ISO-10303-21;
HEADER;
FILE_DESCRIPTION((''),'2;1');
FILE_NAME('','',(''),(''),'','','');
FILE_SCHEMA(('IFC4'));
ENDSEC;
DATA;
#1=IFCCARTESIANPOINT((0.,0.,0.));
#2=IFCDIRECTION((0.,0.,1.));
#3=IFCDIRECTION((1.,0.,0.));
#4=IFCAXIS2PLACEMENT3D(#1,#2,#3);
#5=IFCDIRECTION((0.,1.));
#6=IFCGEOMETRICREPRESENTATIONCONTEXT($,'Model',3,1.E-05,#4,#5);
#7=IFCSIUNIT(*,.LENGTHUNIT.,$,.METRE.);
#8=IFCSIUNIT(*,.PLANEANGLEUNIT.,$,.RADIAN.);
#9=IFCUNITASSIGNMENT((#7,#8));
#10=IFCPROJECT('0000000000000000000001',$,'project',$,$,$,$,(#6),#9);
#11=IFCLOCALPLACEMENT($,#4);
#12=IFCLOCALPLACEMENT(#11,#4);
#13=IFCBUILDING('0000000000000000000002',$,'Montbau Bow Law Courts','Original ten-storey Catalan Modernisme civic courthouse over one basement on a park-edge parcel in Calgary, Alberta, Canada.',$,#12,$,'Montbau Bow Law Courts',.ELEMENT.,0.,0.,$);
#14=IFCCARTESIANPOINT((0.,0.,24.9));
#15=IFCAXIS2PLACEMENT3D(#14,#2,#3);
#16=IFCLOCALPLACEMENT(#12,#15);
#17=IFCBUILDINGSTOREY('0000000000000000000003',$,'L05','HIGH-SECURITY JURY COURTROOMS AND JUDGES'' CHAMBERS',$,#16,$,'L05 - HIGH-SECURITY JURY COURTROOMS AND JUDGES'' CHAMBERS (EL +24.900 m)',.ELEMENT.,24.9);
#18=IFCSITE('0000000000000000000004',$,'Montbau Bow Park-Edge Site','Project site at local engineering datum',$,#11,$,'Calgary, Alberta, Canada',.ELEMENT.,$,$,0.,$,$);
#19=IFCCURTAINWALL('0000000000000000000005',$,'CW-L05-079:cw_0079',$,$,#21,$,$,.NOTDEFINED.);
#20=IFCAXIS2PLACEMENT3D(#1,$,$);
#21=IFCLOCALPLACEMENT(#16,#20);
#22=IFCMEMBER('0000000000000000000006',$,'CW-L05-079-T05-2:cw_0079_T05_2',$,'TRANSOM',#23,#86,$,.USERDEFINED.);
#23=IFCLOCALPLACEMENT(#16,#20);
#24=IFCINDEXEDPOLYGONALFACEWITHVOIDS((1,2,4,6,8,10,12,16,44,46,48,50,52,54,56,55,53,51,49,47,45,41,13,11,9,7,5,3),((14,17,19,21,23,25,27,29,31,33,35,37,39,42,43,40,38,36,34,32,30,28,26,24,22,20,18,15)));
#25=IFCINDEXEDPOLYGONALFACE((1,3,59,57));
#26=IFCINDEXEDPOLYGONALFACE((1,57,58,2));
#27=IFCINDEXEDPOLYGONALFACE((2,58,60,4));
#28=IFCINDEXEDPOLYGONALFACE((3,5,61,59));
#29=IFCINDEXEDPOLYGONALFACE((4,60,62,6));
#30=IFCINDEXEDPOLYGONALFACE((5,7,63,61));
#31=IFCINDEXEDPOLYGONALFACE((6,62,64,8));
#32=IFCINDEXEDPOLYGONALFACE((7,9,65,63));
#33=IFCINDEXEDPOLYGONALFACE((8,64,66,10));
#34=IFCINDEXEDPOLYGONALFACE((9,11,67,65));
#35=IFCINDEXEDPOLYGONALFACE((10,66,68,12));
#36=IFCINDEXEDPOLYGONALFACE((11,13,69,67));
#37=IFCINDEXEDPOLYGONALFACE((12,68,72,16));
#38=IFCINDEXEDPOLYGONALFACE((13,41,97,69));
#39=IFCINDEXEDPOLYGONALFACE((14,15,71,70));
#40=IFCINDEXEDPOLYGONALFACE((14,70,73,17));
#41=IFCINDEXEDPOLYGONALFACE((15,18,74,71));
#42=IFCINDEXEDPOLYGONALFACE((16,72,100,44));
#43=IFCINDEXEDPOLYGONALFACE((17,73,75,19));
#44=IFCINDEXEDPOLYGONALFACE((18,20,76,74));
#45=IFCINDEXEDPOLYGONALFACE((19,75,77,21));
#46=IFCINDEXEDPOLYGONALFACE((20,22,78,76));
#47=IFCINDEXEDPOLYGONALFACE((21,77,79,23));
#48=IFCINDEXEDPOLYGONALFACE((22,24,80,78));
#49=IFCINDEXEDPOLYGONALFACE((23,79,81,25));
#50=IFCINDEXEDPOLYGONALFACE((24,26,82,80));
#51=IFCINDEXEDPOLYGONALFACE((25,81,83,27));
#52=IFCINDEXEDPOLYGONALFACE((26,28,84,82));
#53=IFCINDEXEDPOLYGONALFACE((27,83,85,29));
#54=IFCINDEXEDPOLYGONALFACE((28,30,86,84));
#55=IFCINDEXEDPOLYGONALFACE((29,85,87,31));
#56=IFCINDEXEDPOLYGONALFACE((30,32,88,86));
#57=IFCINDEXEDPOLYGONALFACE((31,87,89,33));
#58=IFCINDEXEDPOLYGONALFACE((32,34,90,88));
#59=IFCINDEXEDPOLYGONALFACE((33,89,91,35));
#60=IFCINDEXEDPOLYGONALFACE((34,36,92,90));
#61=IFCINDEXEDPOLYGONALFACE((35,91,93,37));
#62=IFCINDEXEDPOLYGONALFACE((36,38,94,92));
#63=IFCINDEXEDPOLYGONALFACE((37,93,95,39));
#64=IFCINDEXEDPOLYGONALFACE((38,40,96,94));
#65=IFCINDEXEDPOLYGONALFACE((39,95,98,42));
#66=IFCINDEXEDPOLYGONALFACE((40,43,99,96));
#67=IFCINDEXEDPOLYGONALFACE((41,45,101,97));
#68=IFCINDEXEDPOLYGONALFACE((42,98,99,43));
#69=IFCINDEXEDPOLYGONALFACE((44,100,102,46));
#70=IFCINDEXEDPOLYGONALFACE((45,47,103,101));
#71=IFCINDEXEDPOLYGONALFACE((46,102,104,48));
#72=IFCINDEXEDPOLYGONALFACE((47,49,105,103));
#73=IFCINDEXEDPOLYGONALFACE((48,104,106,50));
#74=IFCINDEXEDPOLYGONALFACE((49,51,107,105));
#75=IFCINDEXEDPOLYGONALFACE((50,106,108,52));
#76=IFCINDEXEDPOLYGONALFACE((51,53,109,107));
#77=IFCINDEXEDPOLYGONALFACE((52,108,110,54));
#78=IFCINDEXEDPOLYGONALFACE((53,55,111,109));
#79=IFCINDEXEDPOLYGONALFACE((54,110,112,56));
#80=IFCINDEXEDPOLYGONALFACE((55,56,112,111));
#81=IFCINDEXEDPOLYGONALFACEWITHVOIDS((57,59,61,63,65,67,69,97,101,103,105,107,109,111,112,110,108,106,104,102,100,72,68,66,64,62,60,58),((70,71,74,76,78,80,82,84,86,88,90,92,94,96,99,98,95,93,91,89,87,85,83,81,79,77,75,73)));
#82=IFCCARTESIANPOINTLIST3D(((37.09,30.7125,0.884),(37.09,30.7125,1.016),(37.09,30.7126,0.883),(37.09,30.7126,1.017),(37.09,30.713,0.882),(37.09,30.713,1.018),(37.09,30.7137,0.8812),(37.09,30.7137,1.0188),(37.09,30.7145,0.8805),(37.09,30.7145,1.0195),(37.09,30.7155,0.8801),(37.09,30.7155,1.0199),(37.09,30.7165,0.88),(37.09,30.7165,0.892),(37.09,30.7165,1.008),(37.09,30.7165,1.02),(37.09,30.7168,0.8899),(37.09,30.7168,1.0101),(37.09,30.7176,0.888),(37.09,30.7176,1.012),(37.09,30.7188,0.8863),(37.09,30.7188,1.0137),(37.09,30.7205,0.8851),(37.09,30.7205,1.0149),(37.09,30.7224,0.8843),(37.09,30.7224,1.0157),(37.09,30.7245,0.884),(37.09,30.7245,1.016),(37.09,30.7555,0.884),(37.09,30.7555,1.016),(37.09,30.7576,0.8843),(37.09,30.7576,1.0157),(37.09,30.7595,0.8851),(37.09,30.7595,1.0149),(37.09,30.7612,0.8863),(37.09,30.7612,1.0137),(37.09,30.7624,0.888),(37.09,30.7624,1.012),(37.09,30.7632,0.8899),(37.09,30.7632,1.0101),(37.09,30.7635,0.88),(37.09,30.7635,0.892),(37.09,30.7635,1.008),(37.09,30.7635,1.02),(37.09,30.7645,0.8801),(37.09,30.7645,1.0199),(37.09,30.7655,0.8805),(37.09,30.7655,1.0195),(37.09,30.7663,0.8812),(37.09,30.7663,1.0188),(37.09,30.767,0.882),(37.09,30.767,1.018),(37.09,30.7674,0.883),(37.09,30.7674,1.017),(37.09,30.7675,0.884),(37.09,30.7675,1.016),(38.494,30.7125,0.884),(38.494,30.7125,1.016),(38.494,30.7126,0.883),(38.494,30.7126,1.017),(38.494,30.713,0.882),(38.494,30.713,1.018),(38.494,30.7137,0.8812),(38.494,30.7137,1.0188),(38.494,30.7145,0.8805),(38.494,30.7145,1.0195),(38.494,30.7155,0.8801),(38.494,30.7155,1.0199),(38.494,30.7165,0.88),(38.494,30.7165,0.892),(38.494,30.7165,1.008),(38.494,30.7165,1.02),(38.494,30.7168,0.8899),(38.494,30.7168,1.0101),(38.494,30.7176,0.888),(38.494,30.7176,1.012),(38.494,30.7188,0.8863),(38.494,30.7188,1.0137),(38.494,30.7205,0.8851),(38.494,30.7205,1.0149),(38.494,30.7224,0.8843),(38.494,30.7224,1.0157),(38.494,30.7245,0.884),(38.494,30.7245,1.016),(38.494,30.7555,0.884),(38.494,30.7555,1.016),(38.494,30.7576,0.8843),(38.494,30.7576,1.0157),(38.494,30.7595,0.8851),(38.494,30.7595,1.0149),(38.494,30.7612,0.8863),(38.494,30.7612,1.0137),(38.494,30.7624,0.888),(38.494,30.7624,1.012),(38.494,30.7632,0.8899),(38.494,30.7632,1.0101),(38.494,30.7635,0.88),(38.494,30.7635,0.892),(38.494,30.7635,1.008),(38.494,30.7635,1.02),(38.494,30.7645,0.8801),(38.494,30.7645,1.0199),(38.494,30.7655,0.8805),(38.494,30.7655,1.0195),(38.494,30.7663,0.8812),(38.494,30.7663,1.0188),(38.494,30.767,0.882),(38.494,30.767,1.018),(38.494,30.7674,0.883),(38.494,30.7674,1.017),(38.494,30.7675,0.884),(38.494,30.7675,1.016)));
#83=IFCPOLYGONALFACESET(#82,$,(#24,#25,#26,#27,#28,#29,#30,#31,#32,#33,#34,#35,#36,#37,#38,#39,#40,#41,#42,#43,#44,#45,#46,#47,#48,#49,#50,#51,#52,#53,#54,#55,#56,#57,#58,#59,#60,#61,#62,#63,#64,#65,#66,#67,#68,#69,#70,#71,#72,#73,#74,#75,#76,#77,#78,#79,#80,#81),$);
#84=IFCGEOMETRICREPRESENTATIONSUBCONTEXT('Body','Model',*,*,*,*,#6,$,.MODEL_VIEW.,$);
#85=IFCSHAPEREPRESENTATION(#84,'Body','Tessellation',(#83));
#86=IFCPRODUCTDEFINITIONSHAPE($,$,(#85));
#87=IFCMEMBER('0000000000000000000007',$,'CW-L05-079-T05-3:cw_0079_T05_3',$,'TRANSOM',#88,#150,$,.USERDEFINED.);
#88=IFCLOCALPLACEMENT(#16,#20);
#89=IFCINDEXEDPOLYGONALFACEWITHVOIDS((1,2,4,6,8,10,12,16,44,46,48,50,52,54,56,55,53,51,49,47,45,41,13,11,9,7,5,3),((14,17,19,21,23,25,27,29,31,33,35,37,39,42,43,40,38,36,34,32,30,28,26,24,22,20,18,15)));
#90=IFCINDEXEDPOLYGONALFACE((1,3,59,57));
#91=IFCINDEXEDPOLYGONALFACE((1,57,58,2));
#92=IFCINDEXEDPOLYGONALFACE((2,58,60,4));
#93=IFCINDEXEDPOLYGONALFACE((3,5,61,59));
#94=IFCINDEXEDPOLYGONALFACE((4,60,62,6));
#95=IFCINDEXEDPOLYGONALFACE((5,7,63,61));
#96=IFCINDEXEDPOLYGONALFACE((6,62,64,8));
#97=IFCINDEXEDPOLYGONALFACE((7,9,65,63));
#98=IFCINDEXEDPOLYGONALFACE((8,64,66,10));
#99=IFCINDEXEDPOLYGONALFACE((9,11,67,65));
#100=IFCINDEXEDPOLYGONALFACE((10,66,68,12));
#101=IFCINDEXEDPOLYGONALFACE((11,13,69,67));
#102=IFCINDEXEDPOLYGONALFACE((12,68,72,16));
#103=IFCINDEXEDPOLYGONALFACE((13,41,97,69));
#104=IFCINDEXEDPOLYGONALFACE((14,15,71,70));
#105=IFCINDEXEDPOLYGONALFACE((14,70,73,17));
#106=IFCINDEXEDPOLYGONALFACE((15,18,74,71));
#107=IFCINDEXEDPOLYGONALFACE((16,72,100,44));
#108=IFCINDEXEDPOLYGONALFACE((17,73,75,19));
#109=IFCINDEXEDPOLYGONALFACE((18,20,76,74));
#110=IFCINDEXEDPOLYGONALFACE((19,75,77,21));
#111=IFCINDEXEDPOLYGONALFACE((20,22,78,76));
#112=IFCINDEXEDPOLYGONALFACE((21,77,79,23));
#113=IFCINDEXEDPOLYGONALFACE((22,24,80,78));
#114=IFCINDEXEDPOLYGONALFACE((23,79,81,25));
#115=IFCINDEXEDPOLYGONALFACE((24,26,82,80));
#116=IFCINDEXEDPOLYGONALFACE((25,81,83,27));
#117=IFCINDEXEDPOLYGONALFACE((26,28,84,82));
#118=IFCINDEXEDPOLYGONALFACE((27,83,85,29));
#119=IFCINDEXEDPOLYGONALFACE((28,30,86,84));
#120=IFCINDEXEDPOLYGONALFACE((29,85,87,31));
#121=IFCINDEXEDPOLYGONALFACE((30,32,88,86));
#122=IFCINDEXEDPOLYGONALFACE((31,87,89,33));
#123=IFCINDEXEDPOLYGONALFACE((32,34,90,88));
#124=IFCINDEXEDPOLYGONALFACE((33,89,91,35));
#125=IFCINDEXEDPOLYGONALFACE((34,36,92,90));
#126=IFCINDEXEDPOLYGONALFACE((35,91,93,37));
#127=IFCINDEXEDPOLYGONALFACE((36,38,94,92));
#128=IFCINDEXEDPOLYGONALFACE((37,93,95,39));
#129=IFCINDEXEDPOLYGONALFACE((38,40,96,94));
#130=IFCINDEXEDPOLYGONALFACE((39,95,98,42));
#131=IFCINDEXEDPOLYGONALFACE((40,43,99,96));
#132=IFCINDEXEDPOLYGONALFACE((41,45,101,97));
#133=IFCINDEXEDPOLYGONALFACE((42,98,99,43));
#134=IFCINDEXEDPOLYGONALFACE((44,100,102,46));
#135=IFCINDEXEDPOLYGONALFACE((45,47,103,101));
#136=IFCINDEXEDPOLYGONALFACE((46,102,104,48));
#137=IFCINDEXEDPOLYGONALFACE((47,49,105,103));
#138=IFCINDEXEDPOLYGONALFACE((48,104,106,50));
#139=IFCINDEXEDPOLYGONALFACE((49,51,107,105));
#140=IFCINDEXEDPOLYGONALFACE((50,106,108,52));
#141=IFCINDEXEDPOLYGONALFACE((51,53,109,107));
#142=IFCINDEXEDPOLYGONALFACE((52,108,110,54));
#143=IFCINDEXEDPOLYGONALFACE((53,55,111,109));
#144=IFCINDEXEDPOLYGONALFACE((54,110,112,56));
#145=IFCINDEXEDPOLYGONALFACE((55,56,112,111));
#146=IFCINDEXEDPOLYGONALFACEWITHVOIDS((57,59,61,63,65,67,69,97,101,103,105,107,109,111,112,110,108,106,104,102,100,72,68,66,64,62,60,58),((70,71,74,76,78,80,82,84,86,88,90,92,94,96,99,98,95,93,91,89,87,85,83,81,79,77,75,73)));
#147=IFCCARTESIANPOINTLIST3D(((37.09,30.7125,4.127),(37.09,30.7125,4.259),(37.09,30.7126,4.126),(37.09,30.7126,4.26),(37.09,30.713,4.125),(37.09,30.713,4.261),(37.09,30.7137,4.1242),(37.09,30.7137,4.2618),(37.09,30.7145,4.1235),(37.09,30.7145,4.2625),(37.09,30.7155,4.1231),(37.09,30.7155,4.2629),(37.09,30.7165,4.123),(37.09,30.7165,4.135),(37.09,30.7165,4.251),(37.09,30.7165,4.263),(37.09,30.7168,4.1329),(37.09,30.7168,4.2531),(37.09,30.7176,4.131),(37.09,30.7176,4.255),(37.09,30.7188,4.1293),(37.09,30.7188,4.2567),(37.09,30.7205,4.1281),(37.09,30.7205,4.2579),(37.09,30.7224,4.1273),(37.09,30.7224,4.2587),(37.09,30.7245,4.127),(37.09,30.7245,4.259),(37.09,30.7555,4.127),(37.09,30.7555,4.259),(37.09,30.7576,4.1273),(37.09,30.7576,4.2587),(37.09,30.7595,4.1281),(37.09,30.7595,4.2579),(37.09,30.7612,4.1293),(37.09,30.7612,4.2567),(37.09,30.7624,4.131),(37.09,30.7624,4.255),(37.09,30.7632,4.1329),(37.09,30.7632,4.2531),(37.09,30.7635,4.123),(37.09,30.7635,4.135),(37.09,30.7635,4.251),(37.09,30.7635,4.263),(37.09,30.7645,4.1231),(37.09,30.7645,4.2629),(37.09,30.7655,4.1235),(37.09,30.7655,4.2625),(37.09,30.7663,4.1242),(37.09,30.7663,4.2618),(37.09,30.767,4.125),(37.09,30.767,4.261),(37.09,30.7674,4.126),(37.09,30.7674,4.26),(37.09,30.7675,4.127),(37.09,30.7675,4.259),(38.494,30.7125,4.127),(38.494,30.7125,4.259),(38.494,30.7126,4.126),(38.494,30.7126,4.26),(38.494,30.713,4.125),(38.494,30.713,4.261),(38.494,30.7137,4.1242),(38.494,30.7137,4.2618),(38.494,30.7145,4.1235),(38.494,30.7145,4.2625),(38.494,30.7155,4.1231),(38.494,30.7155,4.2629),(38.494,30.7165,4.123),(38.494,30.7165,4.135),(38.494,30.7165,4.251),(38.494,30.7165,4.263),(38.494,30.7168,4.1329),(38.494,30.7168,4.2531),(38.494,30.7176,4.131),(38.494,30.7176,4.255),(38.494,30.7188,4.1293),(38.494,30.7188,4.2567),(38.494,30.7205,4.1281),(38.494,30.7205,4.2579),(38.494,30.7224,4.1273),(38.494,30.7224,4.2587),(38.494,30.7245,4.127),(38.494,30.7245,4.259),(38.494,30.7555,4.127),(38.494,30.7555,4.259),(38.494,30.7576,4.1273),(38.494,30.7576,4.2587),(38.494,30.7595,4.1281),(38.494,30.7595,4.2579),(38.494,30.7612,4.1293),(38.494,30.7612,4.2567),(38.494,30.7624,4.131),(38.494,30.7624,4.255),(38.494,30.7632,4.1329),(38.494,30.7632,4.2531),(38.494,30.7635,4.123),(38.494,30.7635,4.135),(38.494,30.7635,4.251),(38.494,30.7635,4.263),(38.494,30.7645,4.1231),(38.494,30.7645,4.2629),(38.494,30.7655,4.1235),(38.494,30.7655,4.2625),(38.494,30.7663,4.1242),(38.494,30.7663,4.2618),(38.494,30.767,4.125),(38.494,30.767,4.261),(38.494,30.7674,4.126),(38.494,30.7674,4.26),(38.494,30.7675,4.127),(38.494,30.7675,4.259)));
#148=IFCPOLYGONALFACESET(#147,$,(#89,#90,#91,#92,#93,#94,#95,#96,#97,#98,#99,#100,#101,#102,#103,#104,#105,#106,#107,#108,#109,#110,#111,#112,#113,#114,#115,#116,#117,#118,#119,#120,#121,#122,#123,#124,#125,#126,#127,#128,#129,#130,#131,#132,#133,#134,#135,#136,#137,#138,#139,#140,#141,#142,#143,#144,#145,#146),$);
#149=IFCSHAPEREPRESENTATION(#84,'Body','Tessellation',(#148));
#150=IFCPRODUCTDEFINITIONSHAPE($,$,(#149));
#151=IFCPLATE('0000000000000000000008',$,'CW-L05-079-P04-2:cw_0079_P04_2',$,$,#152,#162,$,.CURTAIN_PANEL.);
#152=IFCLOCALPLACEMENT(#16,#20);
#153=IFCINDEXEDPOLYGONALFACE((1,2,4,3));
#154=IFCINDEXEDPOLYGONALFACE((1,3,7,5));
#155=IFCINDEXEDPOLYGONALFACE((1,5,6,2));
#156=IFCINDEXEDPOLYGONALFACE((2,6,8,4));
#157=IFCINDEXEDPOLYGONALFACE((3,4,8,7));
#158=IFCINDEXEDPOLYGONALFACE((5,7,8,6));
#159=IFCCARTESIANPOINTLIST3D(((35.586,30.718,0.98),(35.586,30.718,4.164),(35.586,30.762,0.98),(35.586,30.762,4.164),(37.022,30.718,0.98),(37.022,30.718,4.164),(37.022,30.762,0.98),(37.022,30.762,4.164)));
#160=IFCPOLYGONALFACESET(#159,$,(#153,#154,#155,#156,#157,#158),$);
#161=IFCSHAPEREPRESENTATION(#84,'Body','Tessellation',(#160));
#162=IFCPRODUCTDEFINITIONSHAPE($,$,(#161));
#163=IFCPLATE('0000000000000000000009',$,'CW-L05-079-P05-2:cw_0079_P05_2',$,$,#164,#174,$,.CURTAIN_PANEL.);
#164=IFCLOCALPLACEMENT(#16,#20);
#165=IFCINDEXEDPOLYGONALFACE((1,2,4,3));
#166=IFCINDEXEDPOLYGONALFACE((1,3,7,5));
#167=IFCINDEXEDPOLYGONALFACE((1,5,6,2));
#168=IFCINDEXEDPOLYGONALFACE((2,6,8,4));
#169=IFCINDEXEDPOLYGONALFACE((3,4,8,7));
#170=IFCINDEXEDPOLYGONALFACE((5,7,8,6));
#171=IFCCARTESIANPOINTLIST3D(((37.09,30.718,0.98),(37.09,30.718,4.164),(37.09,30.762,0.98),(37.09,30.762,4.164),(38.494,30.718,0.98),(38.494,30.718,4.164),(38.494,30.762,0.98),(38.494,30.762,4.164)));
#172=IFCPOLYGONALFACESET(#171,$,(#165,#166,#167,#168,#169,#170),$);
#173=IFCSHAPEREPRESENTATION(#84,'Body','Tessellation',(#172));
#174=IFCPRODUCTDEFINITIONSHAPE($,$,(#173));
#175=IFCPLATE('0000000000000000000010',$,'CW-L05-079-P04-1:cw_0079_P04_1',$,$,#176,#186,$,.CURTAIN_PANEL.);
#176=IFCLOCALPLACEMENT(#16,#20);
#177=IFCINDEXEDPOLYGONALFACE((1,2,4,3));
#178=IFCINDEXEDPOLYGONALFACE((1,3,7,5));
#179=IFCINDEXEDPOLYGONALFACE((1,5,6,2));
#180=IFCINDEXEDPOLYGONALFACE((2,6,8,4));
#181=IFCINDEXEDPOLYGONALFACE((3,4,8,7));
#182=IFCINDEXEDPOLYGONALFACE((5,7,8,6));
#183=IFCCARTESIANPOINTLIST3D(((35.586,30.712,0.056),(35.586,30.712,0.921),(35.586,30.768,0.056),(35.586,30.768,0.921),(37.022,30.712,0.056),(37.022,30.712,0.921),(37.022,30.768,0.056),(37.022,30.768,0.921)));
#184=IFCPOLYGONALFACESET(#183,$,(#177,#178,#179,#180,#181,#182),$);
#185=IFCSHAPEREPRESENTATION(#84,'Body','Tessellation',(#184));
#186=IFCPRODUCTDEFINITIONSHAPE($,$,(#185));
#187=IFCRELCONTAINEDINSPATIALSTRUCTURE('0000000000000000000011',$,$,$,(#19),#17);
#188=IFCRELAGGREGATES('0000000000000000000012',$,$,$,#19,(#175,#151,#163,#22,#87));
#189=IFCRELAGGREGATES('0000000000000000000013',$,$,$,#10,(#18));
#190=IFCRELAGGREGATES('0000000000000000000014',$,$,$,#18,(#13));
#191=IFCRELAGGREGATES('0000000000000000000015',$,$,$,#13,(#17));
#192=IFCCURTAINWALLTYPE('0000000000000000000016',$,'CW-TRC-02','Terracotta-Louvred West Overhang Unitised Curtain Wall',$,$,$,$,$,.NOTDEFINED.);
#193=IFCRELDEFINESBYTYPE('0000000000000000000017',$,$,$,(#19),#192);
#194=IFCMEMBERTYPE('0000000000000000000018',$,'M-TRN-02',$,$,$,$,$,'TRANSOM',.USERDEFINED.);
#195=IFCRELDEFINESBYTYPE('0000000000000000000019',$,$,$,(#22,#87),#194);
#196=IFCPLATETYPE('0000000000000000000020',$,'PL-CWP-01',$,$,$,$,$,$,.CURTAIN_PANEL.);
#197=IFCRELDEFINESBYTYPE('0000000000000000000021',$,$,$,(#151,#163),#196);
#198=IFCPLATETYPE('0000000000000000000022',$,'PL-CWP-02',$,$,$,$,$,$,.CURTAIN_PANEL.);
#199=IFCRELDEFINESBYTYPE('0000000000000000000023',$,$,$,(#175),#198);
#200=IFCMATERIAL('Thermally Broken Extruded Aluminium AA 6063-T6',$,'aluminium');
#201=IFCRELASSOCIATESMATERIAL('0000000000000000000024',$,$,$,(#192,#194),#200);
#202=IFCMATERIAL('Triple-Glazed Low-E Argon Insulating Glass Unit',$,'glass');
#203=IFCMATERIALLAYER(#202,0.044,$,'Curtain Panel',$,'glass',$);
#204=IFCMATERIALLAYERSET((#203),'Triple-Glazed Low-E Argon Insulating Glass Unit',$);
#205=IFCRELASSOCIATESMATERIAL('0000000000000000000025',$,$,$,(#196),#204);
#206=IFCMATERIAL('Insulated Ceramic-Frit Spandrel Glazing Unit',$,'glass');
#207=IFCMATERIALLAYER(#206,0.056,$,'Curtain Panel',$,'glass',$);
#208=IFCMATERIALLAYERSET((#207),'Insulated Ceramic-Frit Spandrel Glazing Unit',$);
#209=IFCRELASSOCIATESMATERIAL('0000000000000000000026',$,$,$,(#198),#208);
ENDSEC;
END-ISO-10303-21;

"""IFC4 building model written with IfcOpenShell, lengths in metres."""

from ifc_helpers import new_model, si_unit, direction, frame, frame_2d, origin_with_axes, origin_2d_with_axis, place, context, subcontext, project, spatial, rectangle, hollow_rectangle, extrude, material, layer, layer_set, material_profile, profile_set, type_object, element, aggregate, save


model = new_model("IFC4")

# Units and contexts
model_context = context("Model", 3, precision=1e-05, world=origin_with_axes(), true_north=direction((0.0, 1.0)))
body_context = subcontext(model_context, "Body", "Model", "MODEL_VIEW")
ifc_project = project(units=[si_unit("LENGTHUNIT", "METRE"), si_unit("PLANEANGLEUNIT", "RADIAN")], contexts=[model_context])

# Site, building, storey
site_placement = place(None, origin_with_axes())
site = spatial("IfcSite", under=ifc_project, at=site_placement, Name="Montbau Bow Park-Edge Site", Description="Project site at local engineering datum", LongName="Calgary, Alberta, Canada", CompositionType="ELEMENT", RefElevation=0.0)
building_placement = place(site_placement, origin_with_axes())
building = spatial("IfcBuilding", under=site, at=building_placement, Name="Montbau Bow Law Courts", Description="Original ten-storey Catalan Modernisme civic courthouse over one basement on a park-edge parcel in Calgary, Alberta, Canada.", LongName="Montbau Bow Law Courts", CompositionType="ELEMENT", ElevationOfRefHeight=0.0, ElevationOfTerrain=0.0)
storey_placement = place(building_placement, frame((0.0, 0.0, 24.9), z_axis=(0.0, 0.0, 1.0), x_axis=(1.0, 0.0, 0.0)))
storey = spatial("IfcBuildingStorey", under=building, at=storey_placement, Name="L05", Description="HIGH-SECURITY JURY COURTROOMS AND JUDGES' CHAMBERS", LongName="L05 - HIGH-SECURITY JURY COURTROOMS AND JUDGES' CHAMBERS (EL +24.900 m)", CompositionType="ELEMENT", Elevation=24.9)

# Curtain wall, members, plates
ifc_material_1 = material(Name="Thermally Broken Extruded Aluminium AA 6063-T6", Category="aluminium")
curtain_wall_type = type_object("IfcCurtainWallType", Name="CW-TRC-02", Description="Terracotta-Louvred West Overhang Unitised Curtain Wall", PredefinedType="NOTDEFINED", material=ifc_material_1)
curtain_wall_placement = place(None, frame((31.04, 30.74, 24.9), z_axis=(0.0, 0.0, 1.0), x_axis=(1.0, 0.0, 0.0)))
curtain_wall = element("IfcCurtainWall", 1, at=curtain_wall_placement, inside=storey, type_object=curtain_wall_type, Name="CW-L05-079:cw_0079", PredefinedType="NOTDEFINED")
ifc_material_profile_1 = material_profile(ifc_material_1, hollow_rectangle(XDim=0.055, YDim=0.14, WallThickness=0.004, InnerFilletRadius=0.008, OuterFilletRadius=0.004, at=origin_2d_with_axis()), Name="CWT-140X55", Category="Main", Priority=0)
ifc_profile_set_1 = profile_set([ifc_material_profile_1], Name="Thermally Broken Extruded Aluminium AA 6063-T6")
member_type_1 = type_object("IfcMemberType", Name="M-TRN-02", ElementType="TRANSOM", PredefinedType="USERDEFINED", material=ifc_profile_set_1)
member_1_placement = place(None, frame((37.09, 30.74, 25.85), z_axis=(1.0, 0.0, 0.0), x_axis=(0.0, 1.0, 0.0)))
member_1 = element("IfcMember", 2, at=member_1_placement, type_object=member_type_1, Name="CW-L05-079-T05-2:cw_0079_T05_2", ObjectType="TRANSOM", PredefinedType="USERDEFINED", context=body_context, shape_type="SweptSolid", body=[
    extrude(hollow_rectangle(XDim=0.055, YDim=0.14, WallThickness=0.004, InnerFilletRadius=0.008, OuterFilletRadius=0.004, at=origin_2d_with_axis()), origin_with_axes(), (0.0, 0.0, 1.0), 1.404),
])
member_2_placement = place(None, frame((37.09, 30.74, 29.093), z_axis=(1.0, 0.0, 0.0), x_axis=(0.0, 1.0, 0.0)))
member_2 = element("IfcMember", 3, at=member_2_placement, type_object=member_type_1, Name="CW-L05-079-T05-3:cw_0079_T05_3", ObjectType="TRANSOM", PredefinedType="USERDEFINED", context=body_context, shape_type="SweptSolid", body=[
    extrude(hollow_rectangle(XDim=0.055, YDim=0.14, WallThickness=0.004, InnerFilletRadius=0.008, OuterFilletRadius=0.004, at=origin_2d_with_axis()), origin_with_axes(), (0.0, 0.0, 1.0), 1.404),
])
ifc_material_2 = material(Name="Triple-Glazed Low-E Argon Insulating Glass Unit", Category="glass")
ifc_layer_1 = layer(ifc_material_2, 0.044, Name="Curtain Panel", Category="glass")
ifc_layer_set_1 = layer_set([ifc_layer_1], Name="Triple-Glazed Low-E Argon Insulating Glass Unit")
plate_type_1 = type_object("IfcPlateType", Name="PL-CWP-01", PredefinedType="CURTAIN_PANEL", material=ifc_layer_set_1)
plate_1_placement = place(None, frame((35.586, 30.74, 25.88), z_axis=(0.0, -1.0, 0.0), x_axis=(1.0, 0.0, 0.0)))
plate_1 = element("IfcPlate", 4, at=plate_1_placement, type_object=plate_type_1, Name="CW-L05-079-P04-2:cw_0079_P04_2", PredefinedType="CURTAIN_PANEL", context=body_context, shape_type="SweptSolid", body=[
    extrude(rectangle(XDim=1.436, YDim=3.184, at=frame_2d((0.718, 1.592), x_axis=(1.0, 0.0))), frame((0.0, 0.0, -0.022), z_axis=(0.0, 0.0, 1.0), x_axis=(1.0, 0.0, 0.0)), (0.0, 0.0, 1.0), 0.044),
])
plate_2_placement = place(None, frame((37.09, 30.74, 25.88), z_axis=(0.0, -1.0, 0.0), x_axis=(1.0, 0.0, 0.0)))
plate_2 = element("IfcPlate", 5, at=plate_2_placement, type_object=plate_type_1, Name="CW-L05-079-P05-2:cw_0079_P05_2", PredefinedType="CURTAIN_PANEL", context=body_context, shape_type="SweptSolid", body=[
    extrude(rectangle(XDim=1.404, YDim=3.184, at=frame_2d((0.702, 1.592), x_axis=(1.0, 0.0))), frame((0.0, 0.0, -0.022), z_axis=(0.0, 0.0, 1.0), x_axis=(1.0, 0.0, 0.0)), (0.0, 0.0, 1.0), 0.044),
])
ifc_material_3 = material(Name="Insulated Ceramic-Frit Spandrel Glazing Unit", Category="glass")
ifc_layer_2 = layer(ifc_material_3, 0.056, Name="Curtain Panel", Category="glass")
ifc_layer_set_2 = layer_set([ifc_layer_2], Name="Insulated Ceramic-Frit Spandrel Glazing Unit")
plate_type_2 = type_object("IfcPlateType", Name="PL-CWP-02", PredefinedType="CURTAIN_PANEL", material=ifc_layer_set_2)
plate_3_placement = place(None, frame((35.586, 30.74, 24.956), z_axis=(0.0, -1.0, 0.0), x_axis=(1.0, 0.0, 0.0)))
plate_3 = element("IfcPlate", 6, at=plate_3_placement, type_object=plate_type_2, Name="CW-L05-079-P04-1:cw_0079_P04_1", PredefinedType="CURTAIN_PANEL", context=body_context, shape_type="SweptSolid", body=[
    extrude(rectangle(XDim=1.436, YDim=0.865, at=frame_2d((0.718, 0.4325), x_axis=(1.0, 0.0))), frame((0.0, 0.0, -0.028), z_axis=(0.0, 0.0, 1.0), x_axis=(1.0, 0.0, 0.0)), (0.0, 0.0, 1.0), 0.056),
])
aggregate(curtain_wall, [plate_3, plate_1, plate_2, member_1, member_2])

save(model, "model.ifc")
